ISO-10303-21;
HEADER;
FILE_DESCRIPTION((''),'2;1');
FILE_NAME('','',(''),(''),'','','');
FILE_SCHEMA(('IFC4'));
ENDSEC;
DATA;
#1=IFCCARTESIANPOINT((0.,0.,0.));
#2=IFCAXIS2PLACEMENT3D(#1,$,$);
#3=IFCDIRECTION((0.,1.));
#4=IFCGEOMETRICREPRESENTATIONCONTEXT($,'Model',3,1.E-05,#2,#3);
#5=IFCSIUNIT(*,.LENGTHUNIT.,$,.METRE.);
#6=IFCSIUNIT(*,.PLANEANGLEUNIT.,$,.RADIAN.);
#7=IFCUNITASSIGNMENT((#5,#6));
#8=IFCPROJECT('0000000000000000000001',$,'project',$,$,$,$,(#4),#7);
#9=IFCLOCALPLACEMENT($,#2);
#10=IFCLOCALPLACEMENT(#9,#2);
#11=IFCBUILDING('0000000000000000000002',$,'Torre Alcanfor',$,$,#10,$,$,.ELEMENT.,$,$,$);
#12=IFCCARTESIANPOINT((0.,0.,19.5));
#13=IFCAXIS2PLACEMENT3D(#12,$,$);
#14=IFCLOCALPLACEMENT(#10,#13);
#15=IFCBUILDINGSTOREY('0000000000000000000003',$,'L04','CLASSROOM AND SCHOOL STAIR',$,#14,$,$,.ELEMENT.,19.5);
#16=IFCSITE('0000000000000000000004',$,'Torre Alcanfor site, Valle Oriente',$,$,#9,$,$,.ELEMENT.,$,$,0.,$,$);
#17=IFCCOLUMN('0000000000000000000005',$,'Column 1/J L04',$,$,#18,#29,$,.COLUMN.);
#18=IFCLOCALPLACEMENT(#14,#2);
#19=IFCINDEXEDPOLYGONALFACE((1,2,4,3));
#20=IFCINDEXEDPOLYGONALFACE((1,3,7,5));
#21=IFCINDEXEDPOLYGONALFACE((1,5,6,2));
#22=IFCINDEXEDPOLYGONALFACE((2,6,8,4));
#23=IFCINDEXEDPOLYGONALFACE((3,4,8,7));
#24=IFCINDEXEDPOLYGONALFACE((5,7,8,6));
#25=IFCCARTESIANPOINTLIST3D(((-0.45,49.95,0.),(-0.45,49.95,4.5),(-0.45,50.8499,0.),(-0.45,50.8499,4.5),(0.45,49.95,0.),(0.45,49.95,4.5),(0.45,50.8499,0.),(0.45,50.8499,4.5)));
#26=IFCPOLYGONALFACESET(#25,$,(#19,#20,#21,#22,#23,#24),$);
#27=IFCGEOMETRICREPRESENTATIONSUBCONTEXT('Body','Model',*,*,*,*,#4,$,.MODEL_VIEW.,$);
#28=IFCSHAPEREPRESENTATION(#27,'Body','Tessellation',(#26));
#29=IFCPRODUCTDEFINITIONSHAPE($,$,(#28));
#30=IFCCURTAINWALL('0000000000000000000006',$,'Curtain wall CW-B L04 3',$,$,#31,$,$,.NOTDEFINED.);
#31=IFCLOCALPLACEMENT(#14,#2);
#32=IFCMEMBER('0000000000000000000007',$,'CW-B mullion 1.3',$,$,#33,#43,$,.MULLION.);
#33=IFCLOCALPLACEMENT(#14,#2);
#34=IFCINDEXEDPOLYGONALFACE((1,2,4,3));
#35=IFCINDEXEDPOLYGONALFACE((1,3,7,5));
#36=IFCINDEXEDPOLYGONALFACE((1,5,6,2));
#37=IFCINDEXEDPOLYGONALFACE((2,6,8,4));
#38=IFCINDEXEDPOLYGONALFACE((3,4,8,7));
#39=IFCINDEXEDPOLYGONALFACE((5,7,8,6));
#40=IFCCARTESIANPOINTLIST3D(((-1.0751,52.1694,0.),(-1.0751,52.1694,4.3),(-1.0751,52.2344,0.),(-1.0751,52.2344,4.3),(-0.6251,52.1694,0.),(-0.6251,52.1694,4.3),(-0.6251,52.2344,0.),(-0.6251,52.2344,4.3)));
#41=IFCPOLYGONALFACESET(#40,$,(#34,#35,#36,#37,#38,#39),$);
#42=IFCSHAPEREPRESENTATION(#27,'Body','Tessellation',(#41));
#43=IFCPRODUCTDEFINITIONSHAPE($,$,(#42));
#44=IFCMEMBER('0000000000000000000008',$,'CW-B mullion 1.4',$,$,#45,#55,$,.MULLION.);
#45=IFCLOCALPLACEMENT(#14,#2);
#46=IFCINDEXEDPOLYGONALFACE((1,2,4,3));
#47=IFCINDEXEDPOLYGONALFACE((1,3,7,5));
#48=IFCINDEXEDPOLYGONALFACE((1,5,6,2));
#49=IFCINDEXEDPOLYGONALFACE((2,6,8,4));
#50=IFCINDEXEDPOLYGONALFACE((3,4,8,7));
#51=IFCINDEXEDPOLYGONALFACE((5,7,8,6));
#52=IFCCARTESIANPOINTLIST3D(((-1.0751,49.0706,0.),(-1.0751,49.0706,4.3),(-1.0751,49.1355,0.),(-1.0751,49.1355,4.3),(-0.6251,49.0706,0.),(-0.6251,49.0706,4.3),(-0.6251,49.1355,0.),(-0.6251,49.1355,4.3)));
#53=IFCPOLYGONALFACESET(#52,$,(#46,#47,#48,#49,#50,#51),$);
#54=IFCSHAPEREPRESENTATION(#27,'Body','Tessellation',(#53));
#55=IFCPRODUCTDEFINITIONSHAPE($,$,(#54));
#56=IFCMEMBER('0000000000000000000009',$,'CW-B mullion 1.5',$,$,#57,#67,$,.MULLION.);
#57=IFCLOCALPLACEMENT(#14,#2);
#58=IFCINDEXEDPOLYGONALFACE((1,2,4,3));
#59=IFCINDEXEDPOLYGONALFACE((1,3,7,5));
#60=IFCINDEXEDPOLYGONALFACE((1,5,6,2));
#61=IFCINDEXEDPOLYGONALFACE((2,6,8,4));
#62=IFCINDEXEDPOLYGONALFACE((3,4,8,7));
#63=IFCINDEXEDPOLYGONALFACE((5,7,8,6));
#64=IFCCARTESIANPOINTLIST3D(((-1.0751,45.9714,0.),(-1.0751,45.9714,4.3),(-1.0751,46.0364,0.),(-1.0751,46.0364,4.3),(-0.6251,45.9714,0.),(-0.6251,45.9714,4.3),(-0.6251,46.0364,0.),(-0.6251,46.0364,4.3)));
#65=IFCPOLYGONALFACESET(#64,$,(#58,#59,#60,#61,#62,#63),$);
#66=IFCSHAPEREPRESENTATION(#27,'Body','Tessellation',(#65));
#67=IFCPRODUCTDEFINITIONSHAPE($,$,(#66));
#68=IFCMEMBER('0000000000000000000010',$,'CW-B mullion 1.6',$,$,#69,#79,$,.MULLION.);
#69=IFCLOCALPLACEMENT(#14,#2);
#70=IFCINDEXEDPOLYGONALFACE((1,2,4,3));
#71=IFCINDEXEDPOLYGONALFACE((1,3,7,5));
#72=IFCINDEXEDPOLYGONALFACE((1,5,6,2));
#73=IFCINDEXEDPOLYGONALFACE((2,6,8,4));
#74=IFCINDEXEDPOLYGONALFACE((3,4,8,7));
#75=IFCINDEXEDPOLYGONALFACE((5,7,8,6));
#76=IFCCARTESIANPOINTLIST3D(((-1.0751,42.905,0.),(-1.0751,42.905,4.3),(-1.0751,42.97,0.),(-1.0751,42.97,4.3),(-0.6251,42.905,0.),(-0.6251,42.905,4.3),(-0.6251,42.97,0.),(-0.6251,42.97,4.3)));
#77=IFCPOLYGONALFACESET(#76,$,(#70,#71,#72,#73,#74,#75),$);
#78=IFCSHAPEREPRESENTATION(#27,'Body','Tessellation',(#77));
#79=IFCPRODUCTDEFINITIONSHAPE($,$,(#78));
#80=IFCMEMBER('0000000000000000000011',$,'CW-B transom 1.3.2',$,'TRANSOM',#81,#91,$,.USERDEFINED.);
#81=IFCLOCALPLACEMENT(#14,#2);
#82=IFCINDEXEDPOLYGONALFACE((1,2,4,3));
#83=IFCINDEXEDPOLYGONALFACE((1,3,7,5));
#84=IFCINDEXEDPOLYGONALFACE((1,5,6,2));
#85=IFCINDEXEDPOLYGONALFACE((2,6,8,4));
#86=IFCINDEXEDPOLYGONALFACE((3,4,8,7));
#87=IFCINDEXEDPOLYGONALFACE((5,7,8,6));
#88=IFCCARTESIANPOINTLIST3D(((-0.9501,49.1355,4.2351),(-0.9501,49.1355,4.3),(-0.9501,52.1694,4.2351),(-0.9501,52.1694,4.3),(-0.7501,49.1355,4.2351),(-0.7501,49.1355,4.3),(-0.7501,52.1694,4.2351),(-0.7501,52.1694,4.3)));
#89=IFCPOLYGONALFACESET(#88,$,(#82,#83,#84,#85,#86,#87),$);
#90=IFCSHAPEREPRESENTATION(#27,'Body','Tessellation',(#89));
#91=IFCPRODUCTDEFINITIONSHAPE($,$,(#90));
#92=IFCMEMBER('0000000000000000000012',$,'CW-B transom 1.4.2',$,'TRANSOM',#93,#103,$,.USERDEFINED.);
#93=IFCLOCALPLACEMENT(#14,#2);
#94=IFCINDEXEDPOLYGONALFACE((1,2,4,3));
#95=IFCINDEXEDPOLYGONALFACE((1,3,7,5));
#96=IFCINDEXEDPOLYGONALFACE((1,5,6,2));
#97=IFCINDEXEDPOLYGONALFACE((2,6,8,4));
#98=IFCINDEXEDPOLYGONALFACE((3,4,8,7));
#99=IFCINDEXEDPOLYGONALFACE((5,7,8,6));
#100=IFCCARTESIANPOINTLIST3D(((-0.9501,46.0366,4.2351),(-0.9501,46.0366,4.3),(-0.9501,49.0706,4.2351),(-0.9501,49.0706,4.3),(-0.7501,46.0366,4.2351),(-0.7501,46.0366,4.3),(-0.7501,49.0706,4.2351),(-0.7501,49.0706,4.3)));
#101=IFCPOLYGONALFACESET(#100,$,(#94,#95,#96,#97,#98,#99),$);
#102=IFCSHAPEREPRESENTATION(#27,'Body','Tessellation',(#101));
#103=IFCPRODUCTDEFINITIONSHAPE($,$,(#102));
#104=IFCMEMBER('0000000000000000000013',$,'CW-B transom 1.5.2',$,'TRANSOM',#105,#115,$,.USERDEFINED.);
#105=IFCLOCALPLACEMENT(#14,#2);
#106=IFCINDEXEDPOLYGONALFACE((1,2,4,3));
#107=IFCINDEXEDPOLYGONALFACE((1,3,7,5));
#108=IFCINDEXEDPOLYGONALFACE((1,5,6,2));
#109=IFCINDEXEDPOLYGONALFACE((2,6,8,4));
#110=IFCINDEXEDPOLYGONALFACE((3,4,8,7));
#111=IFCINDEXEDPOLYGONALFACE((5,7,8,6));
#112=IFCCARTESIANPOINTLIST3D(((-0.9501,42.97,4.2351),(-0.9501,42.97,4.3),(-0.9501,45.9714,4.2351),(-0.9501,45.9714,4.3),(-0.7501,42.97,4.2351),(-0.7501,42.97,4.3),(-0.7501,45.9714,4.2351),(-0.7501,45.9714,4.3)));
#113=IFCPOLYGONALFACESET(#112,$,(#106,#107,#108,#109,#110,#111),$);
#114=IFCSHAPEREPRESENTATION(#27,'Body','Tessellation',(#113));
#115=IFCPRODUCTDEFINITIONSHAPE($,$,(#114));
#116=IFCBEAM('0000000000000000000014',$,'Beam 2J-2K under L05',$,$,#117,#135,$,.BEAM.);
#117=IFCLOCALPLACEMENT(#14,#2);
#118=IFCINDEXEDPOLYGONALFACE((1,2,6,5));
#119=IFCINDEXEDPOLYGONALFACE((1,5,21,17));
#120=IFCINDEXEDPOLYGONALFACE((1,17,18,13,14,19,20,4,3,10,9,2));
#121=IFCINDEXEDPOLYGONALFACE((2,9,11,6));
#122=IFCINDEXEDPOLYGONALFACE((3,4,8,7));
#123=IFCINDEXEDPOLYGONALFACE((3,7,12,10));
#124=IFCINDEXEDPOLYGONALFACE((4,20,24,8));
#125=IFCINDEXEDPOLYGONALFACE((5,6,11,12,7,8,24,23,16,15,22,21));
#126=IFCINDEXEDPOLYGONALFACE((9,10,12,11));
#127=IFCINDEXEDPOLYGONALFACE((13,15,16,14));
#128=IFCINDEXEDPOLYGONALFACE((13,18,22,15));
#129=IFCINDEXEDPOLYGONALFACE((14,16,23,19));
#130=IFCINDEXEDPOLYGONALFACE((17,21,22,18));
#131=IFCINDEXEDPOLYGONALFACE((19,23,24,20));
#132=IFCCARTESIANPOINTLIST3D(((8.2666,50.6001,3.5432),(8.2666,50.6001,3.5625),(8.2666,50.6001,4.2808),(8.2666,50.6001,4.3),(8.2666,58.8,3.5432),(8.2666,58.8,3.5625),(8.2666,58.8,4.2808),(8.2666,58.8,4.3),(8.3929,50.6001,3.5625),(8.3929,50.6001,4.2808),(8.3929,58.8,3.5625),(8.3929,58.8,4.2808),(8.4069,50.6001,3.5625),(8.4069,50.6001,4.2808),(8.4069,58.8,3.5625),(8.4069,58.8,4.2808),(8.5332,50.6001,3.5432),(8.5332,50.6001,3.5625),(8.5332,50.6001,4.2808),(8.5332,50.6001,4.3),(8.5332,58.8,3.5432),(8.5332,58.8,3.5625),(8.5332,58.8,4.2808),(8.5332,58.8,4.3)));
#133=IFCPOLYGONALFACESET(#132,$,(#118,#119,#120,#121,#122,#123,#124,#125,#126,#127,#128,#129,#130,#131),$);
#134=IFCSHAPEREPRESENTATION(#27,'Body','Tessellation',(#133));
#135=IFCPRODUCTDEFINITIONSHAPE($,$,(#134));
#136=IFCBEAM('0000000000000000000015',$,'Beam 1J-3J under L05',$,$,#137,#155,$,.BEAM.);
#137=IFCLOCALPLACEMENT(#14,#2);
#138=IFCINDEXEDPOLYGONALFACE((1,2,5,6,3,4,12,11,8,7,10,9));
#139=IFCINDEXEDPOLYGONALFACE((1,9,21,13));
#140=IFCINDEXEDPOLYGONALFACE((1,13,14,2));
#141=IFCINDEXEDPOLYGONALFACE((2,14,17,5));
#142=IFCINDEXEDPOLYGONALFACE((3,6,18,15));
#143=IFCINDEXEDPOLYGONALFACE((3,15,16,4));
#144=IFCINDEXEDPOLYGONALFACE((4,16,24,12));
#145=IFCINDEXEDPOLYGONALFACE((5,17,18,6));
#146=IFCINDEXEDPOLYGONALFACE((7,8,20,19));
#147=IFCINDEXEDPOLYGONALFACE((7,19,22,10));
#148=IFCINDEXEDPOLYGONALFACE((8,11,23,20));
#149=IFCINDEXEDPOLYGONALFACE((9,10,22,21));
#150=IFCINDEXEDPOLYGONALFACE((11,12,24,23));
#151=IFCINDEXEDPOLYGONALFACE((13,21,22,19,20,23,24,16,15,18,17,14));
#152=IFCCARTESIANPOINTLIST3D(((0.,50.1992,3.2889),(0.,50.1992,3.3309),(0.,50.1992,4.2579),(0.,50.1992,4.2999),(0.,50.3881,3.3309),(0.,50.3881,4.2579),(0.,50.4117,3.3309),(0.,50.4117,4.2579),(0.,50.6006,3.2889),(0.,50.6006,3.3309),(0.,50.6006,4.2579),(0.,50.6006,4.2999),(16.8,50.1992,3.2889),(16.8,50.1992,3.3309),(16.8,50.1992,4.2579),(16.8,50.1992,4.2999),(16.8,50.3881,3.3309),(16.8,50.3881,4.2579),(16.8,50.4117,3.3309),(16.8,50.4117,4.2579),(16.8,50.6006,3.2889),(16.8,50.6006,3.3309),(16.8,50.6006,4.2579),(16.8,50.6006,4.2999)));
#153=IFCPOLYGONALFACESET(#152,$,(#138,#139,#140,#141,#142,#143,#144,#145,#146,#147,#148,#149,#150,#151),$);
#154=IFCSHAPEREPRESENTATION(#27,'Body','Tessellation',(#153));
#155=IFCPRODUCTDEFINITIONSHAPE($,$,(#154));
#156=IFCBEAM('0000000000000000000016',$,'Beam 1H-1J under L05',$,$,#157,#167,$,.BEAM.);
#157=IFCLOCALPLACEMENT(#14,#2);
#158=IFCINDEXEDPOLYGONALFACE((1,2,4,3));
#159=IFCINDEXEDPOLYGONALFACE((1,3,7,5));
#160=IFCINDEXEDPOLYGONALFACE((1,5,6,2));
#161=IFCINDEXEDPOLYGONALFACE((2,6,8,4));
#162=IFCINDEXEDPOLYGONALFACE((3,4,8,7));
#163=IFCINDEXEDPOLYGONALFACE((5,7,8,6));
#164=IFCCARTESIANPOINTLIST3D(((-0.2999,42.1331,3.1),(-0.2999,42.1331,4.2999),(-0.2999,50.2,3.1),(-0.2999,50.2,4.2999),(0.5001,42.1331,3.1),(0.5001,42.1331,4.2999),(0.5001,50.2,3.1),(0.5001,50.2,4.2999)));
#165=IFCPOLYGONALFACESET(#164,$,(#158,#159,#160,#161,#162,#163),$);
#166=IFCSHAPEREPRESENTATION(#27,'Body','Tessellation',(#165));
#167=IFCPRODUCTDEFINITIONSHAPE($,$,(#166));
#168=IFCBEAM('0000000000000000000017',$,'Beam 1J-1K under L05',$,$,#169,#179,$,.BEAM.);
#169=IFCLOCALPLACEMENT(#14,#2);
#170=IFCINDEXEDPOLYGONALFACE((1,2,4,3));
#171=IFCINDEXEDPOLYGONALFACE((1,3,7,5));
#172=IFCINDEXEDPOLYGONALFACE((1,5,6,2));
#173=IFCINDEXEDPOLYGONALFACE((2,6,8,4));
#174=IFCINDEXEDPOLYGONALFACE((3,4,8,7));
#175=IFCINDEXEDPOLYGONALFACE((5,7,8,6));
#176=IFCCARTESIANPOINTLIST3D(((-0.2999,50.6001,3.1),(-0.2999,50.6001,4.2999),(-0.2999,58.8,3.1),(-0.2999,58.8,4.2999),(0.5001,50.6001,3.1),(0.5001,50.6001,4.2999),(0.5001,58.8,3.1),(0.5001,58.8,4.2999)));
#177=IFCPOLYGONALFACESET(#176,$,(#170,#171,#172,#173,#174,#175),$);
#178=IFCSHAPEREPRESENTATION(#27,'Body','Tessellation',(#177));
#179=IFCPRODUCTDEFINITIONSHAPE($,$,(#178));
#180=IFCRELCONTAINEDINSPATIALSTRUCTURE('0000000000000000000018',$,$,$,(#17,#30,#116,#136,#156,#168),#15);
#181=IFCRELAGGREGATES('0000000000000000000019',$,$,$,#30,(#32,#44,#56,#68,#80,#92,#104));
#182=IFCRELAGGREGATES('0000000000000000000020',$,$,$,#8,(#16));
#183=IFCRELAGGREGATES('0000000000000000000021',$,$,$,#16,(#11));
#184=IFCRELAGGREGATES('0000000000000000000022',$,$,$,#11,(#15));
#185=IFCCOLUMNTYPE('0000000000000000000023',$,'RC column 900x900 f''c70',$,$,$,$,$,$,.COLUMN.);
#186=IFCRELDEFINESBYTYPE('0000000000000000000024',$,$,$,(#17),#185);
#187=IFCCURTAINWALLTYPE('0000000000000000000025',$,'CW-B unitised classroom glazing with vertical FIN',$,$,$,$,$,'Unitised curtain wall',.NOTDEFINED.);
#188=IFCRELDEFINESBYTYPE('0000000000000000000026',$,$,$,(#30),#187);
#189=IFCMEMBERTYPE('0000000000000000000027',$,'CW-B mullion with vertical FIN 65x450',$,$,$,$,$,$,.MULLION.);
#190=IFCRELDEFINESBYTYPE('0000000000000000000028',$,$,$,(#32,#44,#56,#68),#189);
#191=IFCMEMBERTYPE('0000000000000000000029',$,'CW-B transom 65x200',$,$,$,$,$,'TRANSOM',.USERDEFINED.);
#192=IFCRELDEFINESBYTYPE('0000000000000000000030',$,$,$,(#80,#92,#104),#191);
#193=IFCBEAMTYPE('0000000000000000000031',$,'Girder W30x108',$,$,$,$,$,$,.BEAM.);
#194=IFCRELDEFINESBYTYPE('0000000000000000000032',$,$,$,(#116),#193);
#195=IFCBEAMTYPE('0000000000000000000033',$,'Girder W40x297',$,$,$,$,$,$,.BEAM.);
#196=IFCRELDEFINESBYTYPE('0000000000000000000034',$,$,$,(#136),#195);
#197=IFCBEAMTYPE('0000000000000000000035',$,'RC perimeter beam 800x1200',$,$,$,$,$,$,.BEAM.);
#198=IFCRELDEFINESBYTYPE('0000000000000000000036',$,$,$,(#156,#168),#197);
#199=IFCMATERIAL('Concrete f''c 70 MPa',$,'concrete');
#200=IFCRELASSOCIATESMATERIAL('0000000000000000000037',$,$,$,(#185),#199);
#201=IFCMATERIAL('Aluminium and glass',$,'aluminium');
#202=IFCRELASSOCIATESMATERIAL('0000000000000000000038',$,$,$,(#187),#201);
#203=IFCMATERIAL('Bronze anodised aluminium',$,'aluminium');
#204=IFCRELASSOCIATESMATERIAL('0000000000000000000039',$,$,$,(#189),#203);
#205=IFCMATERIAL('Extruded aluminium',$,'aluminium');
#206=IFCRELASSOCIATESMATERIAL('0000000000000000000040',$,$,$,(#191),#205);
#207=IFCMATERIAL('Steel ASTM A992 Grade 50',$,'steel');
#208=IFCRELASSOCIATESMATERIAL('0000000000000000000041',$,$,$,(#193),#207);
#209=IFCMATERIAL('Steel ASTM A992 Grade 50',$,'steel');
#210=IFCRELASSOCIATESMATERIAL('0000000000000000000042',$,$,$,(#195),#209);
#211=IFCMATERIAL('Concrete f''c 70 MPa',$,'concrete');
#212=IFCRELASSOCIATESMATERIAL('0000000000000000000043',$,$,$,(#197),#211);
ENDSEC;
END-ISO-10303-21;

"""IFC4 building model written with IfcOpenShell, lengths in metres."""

from ifc_helpers import new_model, si_unit, direction, frame, origin, origin_2d, place, context, subcontext, project, spatial, rectangle, i_section, extrude, material, material_profile, profile_set, type_object, element, aggregate, save


model = new_model("IFC4")

# Units and contexts
model_context = context("Model", 3, precision=1e-05, world=origin(), true_north=direction((0.0, 1.0)))
body_context = subcontext(model_context, "Body", "Model", "MODEL_VIEW")
ifc_project = project(units=[si_unit("LENGTHUNIT", "METRE"), si_unit("PLANEANGLEUNIT", "RADIAN")], contexts=[model_context])

# Site, building, storey
site_placement = place(None, origin())
site = spatial("IfcSite", under=ifc_project, at=site_placement, Name="Torre Alcanfor site, Valle Oriente", CompositionType="ELEMENT", RefElevation=0.0)
building_placement = place(site_placement, origin())
building = spatial("IfcBuilding", under=site, at=building_placement, Name="Torre Alcanfor", CompositionType="ELEMENT")
storey_placement = place(building_placement, frame((0.0, 0.0, 19.5)))
storey = spatial("IfcBuildingStorey", under=building, at=storey_placement, Name="L04", Description="CLASSROOM AND SCHOOL STAIR", CompositionType="ELEMENT", Elevation=19.5)

# Column
ifc_material_1 = material(Name="Concrete f'c 70 MPa", Category="concrete")
ifc_material_profile_1 = material_profile(ifc_material_1, rectangle(XDim=0.8999, YDim=0.8999, at=origin_2d()), Name="900x900")
ifc_profile_set_1 = profile_set([ifc_material_profile_1], Name="Concrete f'c 70 MPa")
column_type = type_object("IfcColumnType", Name="RC column 900x900 f'c70", PredefinedType="COLUMN", material=ifc_profile_set_1)
column_placement = place(storey_placement, frame((0.0, 50.3999, 0.0), z_axis=(0.0, 0.0, 1.0), x_axis=(1.0, 0.0, 0.0)))
element("IfcColumn", 1, at=column_placement, inside=storey, type_object=column_type, Name="Column 1/J L04", PredefinedType="COLUMN", context=body_context, shape_type="SweptSolid", body=[
    extrude(rectangle(XDim=0.8999, YDim=0.8999, at=origin_2d()), origin(), (0.0, 0.0, 1.0), 4.5),
])

# Curtain wall, members
ifc_material_2 = material(Name="Aluminium and glass", Category="aluminium")
curtain_wall_type = type_object("IfcCurtainWallType", Name="CW-B unitised classroom glazing with vertical FIN", ElementType="Unitised curtain wall", PredefinedType="NOTDEFINED", material=ifc_material_2)
curtain_wall_placement = place(storey_placement, origin())
curtain_wall = element("IfcCurtainWall", 2, at=curtain_wall_placement, inside=storey, type_object=curtain_wall_type, Name="Curtain wall CW-B L04 3", PredefinedType="NOTDEFINED")
ifc_material_3 = material(Name="Bronze anodised aluminium", Category="aluminium")
ifc_material_profile_2 = material_profile(ifc_material_3, rectangle(XDim=0.45, YDim=0.0649, at=origin_2d()), Name="CW-B mullion 65x450")
ifc_profile_set_2 = profile_set([ifc_material_profile_2], Name="Bronze anodised aluminium")
member_type_1 = type_object("IfcMemberType", Name="CW-B mullion with vertical FIN 65x450", PredefinedType="MULLION", material=ifc_profile_set_2)
member_1_placement = place(storey_placement, frame((-0.8501, 52.2019, 0.0), z_axis=(0.0, 0.0, 1.0), x_axis=(1.0, 0.0, 0.0)))
member_1 = element("IfcMember", 3, at=member_1_placement, type_object=member_type_1, Name="CW-B mullion 1.3", PredefinedType="MULLION", context=body_context, shape_type="SweptSolid", body=[
    extrude(rectangle(XDim=0.45, YDim=0.0649, at=origin_2d()), origin(), (0.0, 0.0, 1.0), 4.3),
])
member_2_placement = place(storey_placement, frame((-0.8501, 49.103, 0.0), z_axis=(0.0, 0.0, 1.0), x_axis=(1.0, 0.0, 0.0)))
member_2 = element("IfcMember", 4, at=member_2_placement, type_object=member_type_1, Name="CW-B mullion 1.4", PredefinedType="MULLION", context=body_context, shape_type="SweptSolid", body=[
    extrude(rectangle(XDim=0.45, YDim=0.0649, at=origin_2d()), origin(), (0.0, 0.0, 1.0), 4.3),
])
member_3_placement = place(storey_placement, frame((-0.8501, 46.0039, 0.0), z_axis=(0.0, 0.0, 1.0), x_axis=(1.0, 0.0, 0.0)))
member_3 = element("IfcMember", 5, at=member_3_placement, type_object=member_type_1, Name="CW-B mullion 1.5", PredefinedType="MULLION", context=body_context, shape_type="SweptSolid", body=[
    extrude(rectangle(XDim=0.45, YDim=0.0649, at=origin_2d()), origin(), (0.0, 0.0, 1.0), 4.3),
])
member_4_placement = place(storey_placement, frame((-0.8501, 42.9375, 0.0), z_axis=(0.0, 0.0, 1.0), x_axis=(1.0, 0.0, 0.0)))
member_4 = element("IfcMember", 6, at=member_4_placement, type_object=member_type_1, Name="CW-B mullion 1.6", PredefinedType="MULLION", context=body_context, shape_type="SweptSolid", body=[
    extrude(rectangle(XDim=0.45, YDim=0.0649, at=origin_2d()), origin(), (0.0, 0.0, 1.0), 4.3),
])
ifc_material_4 = material(Name="Extruded aluminium", Category="aluminium")
ifc_material_profile_3 = material_profile(ifc_material_4, rectangle(XDim=0.2, YDim=0.0649, at=origin_2d()), Name="CW-B transom 200x65")
ifc_profile_set_3 = profile_set([ifc_material_profile_3], Name="Extruded aluminium")
member_type_2 = type_object("IfcMemberType", Name="CW-B transom 65x200", ElementType="TRANSOM", PredefinedType="USERDEFINED", material=ifc_profile_set_3)
member_5_placement = place(storey_placement, frame((-0.8501, 52.1694, 4.2676), z_axis=(0.0, -1.0, 0.0), x_axis=(1.0, 0.0, 0.0)))
member_5 = element("IfcMember", 7, at=member_5_placement, type_object=member_type_2, Name="CW-B transom 1.3.2", ObjectType="TRANSOM", PredefinedType="USERDEFINED", context=body_context, shape_type="SweptSolid", body=[
    extrude(rectangle(XDim=0.2, YDim=0.0649, at=origin_2d()), origin(), (0.0, 0.0, 1.0), 3.0339),
])
member_6_placement = place(storey_placement, frame((-0.8501, 49.0706, 4.2676), z_axis=(0.0, -1.0, 0.0), x_axis=(1.0, 0.0, 0.0)))
member_6 = element("IfcMember", 8, at=member_6_placement, type_object=member_type_2, Name="CW-B transom 1.4.2", ObjectType="TRANSOM", PredefinedType="USERDEFINED", context=body_context, shape_type="SweptSolid", body=[
    extrude(rectangle(XDim=0.2, YDim=0.0649, at=origin_2d()), origin(), (0.0, 0.0, 1.0), 3.0339),
])
member_7_placement = place(storey_placement, frame((-0.8501, 45.9714, 4.2676), z_axis=(0.0, -1.0, 0.0), x_axis=(1.0, 0.0, 0.0)))
member_7 = element("IfcMember", 9, at=member_7_placement, type_object=member_type_2, Name="CW-B transom 1.5.2", ObjectType="TRANSOM", PredefinedType="USERDEFINED", context=body_context, shape_type="SweptSolid", body=[
    extrude(rectangle(XDim=0.2, YDim=0.0649, at=origin_2d()), origin(), (0.0, 0.0, 1.0), 3.0015),
])

# Beams
ifc_material_5 = material(Name="Steel ASTM A992 Grade 50", Category="steel")
ifc_material_profile_4 = material_profile(ifc_material_5, i_section(OverallWidth=0.2666, OverallDepth=0.7568, WebThickness=0.0139, FlangeThickness=0.0193, at=origin_2d()), Name="W30x108")
ifc_profile_set_4 = profile_set([ifc_material_profile_4], Name="Steel ASTM A992 Grade 50")
beam_type_1 = type_object("IfcBeamType", Name="Girder W30x108", PredefinedType="BEAM", material=ifc_profile_set_4)
beam_1_placement = place(storey_placement, frame((8.3999, 50.6001, 3.9216), z_axis=(0.0, 1.0, 0.0), x_axis=(-1.0, 0.0, 0.0)))
element("IfcBeam", 10, at=beam_1_placement, inside=storey, type_object=beam_type_1, Name="Beam 2J-2K under L05", PredefinedType="BEAM", context=body_context, shape_type="SweptSolid", body=[
    extrude(i_section(OverallWidth=0.2666, OverallDepth=0.7568, WebThickness=0.0139, FlangeThickness=0.0193, at=origin_2d()), origin(), (0.0, 0.0, 1.0), 8.2),
])
ifc_material_6 = material(Name="Steel ASTM A992 Grade 50", Category="steel")
ifc_material_profile_5 = material_profile(ifc_material_6, i_section(OverallWidth=0.4014, OverallDepth=1.011, WebThickness=0.0237, FlangeThickness=0.042, at=origin_2d()), Name="W40x297")
ifc_profile_set_5 = profile_set([ifc_material_profile_5], Name="Steel ASTM A992 Grade 50")
beam_type_2 = type_object("IfcBeamType", Name="Girder W40x297", PredefinedType="BEAM", material=ifc_profile_set_5)
beam_2_placement = place(storey_placement, frame((0.0, 50.3999, 3.7944), z_axis=(1.0, 0.0, 0.0), x_axis=(0.0, 1.0, 0.0)))
element("IfcBeam", 11, at=beam_2_placement, inside=storey, type_object=beam_type_2, Name="Beam 1J-3J under L05", PredefinedType="BEAM", context=body_context, shape_type="SweptSolid", body=[
    extrude(i_section(OverallWidth=0.4014, OverallDepth=1.011, WebThickness=0.0237, FlangeThickness=0.042, at=origin_2d()), origin(), (0.0, 0.0, 1.0), 16.8),
])
ifc_material_7 = material(Name="Concrete f'c 70 MPa", Category="concrete")
ifc_material_profile_6 = material_profile(ifc_material_7, rectangle(XDim=0.8, YDim=1.2, at=origin_2d()), Name="800x1200")
ifc_profile_set_6 = profile_set([ifc_material_profile_6], Name="Concrete f'c 70 MPa")
beam_type_3 = type_object("IfcBeamType", Name="RC perimeter beam 800x1200", PredefinedType="BEAM", material=ifc_profile_set_6)
beam_3_placement = place(storey_placement, frame((0.1001, 42.1331, 3.7), z_axis=(0.0, 1.0, 0.0), x_axis=(-1.0, 0.0, 0.0)))
element("IfcBeam", 12, at=beam_3_placement, inside=storey, type_object=beam_type_3, Name="Beam 1H-1J under L05", PredefinedType="BEAM", context=body_context, shape_type="SweptSolid", body=[
    extrude(rectangle(XDim=0.8, YDim=1.2, at=origin_2d()), origin(), (0.0, 0.0, 1.0), 8.0669),
])
beam_4_placement = place(storey_placement, frame((0.1001, 50.6001, 3.7), z_axis=(0.0, 1.0, 0.0), x_axis=(-1.0, 0.0, 0.0)))
element("IfcBeam", 13, at=beam_4_placement, inside=storey, type_object=beam_type_3, Name="Beam 1J-1K under L05", PredefinedType="BEAM", context=body_context, shape_type="SweptSolid", body=[
    extrude(rectangle(XDim=0.8, YDim=1.2, at=origin_2d()), origin(), (0.0, 0.0, 1.0), 8.2),
])

aggregate(curtain_wall, [member_1, member_2, member_3, member_4, member_5, member_6, member_7])

save(model, "model.ifc")
